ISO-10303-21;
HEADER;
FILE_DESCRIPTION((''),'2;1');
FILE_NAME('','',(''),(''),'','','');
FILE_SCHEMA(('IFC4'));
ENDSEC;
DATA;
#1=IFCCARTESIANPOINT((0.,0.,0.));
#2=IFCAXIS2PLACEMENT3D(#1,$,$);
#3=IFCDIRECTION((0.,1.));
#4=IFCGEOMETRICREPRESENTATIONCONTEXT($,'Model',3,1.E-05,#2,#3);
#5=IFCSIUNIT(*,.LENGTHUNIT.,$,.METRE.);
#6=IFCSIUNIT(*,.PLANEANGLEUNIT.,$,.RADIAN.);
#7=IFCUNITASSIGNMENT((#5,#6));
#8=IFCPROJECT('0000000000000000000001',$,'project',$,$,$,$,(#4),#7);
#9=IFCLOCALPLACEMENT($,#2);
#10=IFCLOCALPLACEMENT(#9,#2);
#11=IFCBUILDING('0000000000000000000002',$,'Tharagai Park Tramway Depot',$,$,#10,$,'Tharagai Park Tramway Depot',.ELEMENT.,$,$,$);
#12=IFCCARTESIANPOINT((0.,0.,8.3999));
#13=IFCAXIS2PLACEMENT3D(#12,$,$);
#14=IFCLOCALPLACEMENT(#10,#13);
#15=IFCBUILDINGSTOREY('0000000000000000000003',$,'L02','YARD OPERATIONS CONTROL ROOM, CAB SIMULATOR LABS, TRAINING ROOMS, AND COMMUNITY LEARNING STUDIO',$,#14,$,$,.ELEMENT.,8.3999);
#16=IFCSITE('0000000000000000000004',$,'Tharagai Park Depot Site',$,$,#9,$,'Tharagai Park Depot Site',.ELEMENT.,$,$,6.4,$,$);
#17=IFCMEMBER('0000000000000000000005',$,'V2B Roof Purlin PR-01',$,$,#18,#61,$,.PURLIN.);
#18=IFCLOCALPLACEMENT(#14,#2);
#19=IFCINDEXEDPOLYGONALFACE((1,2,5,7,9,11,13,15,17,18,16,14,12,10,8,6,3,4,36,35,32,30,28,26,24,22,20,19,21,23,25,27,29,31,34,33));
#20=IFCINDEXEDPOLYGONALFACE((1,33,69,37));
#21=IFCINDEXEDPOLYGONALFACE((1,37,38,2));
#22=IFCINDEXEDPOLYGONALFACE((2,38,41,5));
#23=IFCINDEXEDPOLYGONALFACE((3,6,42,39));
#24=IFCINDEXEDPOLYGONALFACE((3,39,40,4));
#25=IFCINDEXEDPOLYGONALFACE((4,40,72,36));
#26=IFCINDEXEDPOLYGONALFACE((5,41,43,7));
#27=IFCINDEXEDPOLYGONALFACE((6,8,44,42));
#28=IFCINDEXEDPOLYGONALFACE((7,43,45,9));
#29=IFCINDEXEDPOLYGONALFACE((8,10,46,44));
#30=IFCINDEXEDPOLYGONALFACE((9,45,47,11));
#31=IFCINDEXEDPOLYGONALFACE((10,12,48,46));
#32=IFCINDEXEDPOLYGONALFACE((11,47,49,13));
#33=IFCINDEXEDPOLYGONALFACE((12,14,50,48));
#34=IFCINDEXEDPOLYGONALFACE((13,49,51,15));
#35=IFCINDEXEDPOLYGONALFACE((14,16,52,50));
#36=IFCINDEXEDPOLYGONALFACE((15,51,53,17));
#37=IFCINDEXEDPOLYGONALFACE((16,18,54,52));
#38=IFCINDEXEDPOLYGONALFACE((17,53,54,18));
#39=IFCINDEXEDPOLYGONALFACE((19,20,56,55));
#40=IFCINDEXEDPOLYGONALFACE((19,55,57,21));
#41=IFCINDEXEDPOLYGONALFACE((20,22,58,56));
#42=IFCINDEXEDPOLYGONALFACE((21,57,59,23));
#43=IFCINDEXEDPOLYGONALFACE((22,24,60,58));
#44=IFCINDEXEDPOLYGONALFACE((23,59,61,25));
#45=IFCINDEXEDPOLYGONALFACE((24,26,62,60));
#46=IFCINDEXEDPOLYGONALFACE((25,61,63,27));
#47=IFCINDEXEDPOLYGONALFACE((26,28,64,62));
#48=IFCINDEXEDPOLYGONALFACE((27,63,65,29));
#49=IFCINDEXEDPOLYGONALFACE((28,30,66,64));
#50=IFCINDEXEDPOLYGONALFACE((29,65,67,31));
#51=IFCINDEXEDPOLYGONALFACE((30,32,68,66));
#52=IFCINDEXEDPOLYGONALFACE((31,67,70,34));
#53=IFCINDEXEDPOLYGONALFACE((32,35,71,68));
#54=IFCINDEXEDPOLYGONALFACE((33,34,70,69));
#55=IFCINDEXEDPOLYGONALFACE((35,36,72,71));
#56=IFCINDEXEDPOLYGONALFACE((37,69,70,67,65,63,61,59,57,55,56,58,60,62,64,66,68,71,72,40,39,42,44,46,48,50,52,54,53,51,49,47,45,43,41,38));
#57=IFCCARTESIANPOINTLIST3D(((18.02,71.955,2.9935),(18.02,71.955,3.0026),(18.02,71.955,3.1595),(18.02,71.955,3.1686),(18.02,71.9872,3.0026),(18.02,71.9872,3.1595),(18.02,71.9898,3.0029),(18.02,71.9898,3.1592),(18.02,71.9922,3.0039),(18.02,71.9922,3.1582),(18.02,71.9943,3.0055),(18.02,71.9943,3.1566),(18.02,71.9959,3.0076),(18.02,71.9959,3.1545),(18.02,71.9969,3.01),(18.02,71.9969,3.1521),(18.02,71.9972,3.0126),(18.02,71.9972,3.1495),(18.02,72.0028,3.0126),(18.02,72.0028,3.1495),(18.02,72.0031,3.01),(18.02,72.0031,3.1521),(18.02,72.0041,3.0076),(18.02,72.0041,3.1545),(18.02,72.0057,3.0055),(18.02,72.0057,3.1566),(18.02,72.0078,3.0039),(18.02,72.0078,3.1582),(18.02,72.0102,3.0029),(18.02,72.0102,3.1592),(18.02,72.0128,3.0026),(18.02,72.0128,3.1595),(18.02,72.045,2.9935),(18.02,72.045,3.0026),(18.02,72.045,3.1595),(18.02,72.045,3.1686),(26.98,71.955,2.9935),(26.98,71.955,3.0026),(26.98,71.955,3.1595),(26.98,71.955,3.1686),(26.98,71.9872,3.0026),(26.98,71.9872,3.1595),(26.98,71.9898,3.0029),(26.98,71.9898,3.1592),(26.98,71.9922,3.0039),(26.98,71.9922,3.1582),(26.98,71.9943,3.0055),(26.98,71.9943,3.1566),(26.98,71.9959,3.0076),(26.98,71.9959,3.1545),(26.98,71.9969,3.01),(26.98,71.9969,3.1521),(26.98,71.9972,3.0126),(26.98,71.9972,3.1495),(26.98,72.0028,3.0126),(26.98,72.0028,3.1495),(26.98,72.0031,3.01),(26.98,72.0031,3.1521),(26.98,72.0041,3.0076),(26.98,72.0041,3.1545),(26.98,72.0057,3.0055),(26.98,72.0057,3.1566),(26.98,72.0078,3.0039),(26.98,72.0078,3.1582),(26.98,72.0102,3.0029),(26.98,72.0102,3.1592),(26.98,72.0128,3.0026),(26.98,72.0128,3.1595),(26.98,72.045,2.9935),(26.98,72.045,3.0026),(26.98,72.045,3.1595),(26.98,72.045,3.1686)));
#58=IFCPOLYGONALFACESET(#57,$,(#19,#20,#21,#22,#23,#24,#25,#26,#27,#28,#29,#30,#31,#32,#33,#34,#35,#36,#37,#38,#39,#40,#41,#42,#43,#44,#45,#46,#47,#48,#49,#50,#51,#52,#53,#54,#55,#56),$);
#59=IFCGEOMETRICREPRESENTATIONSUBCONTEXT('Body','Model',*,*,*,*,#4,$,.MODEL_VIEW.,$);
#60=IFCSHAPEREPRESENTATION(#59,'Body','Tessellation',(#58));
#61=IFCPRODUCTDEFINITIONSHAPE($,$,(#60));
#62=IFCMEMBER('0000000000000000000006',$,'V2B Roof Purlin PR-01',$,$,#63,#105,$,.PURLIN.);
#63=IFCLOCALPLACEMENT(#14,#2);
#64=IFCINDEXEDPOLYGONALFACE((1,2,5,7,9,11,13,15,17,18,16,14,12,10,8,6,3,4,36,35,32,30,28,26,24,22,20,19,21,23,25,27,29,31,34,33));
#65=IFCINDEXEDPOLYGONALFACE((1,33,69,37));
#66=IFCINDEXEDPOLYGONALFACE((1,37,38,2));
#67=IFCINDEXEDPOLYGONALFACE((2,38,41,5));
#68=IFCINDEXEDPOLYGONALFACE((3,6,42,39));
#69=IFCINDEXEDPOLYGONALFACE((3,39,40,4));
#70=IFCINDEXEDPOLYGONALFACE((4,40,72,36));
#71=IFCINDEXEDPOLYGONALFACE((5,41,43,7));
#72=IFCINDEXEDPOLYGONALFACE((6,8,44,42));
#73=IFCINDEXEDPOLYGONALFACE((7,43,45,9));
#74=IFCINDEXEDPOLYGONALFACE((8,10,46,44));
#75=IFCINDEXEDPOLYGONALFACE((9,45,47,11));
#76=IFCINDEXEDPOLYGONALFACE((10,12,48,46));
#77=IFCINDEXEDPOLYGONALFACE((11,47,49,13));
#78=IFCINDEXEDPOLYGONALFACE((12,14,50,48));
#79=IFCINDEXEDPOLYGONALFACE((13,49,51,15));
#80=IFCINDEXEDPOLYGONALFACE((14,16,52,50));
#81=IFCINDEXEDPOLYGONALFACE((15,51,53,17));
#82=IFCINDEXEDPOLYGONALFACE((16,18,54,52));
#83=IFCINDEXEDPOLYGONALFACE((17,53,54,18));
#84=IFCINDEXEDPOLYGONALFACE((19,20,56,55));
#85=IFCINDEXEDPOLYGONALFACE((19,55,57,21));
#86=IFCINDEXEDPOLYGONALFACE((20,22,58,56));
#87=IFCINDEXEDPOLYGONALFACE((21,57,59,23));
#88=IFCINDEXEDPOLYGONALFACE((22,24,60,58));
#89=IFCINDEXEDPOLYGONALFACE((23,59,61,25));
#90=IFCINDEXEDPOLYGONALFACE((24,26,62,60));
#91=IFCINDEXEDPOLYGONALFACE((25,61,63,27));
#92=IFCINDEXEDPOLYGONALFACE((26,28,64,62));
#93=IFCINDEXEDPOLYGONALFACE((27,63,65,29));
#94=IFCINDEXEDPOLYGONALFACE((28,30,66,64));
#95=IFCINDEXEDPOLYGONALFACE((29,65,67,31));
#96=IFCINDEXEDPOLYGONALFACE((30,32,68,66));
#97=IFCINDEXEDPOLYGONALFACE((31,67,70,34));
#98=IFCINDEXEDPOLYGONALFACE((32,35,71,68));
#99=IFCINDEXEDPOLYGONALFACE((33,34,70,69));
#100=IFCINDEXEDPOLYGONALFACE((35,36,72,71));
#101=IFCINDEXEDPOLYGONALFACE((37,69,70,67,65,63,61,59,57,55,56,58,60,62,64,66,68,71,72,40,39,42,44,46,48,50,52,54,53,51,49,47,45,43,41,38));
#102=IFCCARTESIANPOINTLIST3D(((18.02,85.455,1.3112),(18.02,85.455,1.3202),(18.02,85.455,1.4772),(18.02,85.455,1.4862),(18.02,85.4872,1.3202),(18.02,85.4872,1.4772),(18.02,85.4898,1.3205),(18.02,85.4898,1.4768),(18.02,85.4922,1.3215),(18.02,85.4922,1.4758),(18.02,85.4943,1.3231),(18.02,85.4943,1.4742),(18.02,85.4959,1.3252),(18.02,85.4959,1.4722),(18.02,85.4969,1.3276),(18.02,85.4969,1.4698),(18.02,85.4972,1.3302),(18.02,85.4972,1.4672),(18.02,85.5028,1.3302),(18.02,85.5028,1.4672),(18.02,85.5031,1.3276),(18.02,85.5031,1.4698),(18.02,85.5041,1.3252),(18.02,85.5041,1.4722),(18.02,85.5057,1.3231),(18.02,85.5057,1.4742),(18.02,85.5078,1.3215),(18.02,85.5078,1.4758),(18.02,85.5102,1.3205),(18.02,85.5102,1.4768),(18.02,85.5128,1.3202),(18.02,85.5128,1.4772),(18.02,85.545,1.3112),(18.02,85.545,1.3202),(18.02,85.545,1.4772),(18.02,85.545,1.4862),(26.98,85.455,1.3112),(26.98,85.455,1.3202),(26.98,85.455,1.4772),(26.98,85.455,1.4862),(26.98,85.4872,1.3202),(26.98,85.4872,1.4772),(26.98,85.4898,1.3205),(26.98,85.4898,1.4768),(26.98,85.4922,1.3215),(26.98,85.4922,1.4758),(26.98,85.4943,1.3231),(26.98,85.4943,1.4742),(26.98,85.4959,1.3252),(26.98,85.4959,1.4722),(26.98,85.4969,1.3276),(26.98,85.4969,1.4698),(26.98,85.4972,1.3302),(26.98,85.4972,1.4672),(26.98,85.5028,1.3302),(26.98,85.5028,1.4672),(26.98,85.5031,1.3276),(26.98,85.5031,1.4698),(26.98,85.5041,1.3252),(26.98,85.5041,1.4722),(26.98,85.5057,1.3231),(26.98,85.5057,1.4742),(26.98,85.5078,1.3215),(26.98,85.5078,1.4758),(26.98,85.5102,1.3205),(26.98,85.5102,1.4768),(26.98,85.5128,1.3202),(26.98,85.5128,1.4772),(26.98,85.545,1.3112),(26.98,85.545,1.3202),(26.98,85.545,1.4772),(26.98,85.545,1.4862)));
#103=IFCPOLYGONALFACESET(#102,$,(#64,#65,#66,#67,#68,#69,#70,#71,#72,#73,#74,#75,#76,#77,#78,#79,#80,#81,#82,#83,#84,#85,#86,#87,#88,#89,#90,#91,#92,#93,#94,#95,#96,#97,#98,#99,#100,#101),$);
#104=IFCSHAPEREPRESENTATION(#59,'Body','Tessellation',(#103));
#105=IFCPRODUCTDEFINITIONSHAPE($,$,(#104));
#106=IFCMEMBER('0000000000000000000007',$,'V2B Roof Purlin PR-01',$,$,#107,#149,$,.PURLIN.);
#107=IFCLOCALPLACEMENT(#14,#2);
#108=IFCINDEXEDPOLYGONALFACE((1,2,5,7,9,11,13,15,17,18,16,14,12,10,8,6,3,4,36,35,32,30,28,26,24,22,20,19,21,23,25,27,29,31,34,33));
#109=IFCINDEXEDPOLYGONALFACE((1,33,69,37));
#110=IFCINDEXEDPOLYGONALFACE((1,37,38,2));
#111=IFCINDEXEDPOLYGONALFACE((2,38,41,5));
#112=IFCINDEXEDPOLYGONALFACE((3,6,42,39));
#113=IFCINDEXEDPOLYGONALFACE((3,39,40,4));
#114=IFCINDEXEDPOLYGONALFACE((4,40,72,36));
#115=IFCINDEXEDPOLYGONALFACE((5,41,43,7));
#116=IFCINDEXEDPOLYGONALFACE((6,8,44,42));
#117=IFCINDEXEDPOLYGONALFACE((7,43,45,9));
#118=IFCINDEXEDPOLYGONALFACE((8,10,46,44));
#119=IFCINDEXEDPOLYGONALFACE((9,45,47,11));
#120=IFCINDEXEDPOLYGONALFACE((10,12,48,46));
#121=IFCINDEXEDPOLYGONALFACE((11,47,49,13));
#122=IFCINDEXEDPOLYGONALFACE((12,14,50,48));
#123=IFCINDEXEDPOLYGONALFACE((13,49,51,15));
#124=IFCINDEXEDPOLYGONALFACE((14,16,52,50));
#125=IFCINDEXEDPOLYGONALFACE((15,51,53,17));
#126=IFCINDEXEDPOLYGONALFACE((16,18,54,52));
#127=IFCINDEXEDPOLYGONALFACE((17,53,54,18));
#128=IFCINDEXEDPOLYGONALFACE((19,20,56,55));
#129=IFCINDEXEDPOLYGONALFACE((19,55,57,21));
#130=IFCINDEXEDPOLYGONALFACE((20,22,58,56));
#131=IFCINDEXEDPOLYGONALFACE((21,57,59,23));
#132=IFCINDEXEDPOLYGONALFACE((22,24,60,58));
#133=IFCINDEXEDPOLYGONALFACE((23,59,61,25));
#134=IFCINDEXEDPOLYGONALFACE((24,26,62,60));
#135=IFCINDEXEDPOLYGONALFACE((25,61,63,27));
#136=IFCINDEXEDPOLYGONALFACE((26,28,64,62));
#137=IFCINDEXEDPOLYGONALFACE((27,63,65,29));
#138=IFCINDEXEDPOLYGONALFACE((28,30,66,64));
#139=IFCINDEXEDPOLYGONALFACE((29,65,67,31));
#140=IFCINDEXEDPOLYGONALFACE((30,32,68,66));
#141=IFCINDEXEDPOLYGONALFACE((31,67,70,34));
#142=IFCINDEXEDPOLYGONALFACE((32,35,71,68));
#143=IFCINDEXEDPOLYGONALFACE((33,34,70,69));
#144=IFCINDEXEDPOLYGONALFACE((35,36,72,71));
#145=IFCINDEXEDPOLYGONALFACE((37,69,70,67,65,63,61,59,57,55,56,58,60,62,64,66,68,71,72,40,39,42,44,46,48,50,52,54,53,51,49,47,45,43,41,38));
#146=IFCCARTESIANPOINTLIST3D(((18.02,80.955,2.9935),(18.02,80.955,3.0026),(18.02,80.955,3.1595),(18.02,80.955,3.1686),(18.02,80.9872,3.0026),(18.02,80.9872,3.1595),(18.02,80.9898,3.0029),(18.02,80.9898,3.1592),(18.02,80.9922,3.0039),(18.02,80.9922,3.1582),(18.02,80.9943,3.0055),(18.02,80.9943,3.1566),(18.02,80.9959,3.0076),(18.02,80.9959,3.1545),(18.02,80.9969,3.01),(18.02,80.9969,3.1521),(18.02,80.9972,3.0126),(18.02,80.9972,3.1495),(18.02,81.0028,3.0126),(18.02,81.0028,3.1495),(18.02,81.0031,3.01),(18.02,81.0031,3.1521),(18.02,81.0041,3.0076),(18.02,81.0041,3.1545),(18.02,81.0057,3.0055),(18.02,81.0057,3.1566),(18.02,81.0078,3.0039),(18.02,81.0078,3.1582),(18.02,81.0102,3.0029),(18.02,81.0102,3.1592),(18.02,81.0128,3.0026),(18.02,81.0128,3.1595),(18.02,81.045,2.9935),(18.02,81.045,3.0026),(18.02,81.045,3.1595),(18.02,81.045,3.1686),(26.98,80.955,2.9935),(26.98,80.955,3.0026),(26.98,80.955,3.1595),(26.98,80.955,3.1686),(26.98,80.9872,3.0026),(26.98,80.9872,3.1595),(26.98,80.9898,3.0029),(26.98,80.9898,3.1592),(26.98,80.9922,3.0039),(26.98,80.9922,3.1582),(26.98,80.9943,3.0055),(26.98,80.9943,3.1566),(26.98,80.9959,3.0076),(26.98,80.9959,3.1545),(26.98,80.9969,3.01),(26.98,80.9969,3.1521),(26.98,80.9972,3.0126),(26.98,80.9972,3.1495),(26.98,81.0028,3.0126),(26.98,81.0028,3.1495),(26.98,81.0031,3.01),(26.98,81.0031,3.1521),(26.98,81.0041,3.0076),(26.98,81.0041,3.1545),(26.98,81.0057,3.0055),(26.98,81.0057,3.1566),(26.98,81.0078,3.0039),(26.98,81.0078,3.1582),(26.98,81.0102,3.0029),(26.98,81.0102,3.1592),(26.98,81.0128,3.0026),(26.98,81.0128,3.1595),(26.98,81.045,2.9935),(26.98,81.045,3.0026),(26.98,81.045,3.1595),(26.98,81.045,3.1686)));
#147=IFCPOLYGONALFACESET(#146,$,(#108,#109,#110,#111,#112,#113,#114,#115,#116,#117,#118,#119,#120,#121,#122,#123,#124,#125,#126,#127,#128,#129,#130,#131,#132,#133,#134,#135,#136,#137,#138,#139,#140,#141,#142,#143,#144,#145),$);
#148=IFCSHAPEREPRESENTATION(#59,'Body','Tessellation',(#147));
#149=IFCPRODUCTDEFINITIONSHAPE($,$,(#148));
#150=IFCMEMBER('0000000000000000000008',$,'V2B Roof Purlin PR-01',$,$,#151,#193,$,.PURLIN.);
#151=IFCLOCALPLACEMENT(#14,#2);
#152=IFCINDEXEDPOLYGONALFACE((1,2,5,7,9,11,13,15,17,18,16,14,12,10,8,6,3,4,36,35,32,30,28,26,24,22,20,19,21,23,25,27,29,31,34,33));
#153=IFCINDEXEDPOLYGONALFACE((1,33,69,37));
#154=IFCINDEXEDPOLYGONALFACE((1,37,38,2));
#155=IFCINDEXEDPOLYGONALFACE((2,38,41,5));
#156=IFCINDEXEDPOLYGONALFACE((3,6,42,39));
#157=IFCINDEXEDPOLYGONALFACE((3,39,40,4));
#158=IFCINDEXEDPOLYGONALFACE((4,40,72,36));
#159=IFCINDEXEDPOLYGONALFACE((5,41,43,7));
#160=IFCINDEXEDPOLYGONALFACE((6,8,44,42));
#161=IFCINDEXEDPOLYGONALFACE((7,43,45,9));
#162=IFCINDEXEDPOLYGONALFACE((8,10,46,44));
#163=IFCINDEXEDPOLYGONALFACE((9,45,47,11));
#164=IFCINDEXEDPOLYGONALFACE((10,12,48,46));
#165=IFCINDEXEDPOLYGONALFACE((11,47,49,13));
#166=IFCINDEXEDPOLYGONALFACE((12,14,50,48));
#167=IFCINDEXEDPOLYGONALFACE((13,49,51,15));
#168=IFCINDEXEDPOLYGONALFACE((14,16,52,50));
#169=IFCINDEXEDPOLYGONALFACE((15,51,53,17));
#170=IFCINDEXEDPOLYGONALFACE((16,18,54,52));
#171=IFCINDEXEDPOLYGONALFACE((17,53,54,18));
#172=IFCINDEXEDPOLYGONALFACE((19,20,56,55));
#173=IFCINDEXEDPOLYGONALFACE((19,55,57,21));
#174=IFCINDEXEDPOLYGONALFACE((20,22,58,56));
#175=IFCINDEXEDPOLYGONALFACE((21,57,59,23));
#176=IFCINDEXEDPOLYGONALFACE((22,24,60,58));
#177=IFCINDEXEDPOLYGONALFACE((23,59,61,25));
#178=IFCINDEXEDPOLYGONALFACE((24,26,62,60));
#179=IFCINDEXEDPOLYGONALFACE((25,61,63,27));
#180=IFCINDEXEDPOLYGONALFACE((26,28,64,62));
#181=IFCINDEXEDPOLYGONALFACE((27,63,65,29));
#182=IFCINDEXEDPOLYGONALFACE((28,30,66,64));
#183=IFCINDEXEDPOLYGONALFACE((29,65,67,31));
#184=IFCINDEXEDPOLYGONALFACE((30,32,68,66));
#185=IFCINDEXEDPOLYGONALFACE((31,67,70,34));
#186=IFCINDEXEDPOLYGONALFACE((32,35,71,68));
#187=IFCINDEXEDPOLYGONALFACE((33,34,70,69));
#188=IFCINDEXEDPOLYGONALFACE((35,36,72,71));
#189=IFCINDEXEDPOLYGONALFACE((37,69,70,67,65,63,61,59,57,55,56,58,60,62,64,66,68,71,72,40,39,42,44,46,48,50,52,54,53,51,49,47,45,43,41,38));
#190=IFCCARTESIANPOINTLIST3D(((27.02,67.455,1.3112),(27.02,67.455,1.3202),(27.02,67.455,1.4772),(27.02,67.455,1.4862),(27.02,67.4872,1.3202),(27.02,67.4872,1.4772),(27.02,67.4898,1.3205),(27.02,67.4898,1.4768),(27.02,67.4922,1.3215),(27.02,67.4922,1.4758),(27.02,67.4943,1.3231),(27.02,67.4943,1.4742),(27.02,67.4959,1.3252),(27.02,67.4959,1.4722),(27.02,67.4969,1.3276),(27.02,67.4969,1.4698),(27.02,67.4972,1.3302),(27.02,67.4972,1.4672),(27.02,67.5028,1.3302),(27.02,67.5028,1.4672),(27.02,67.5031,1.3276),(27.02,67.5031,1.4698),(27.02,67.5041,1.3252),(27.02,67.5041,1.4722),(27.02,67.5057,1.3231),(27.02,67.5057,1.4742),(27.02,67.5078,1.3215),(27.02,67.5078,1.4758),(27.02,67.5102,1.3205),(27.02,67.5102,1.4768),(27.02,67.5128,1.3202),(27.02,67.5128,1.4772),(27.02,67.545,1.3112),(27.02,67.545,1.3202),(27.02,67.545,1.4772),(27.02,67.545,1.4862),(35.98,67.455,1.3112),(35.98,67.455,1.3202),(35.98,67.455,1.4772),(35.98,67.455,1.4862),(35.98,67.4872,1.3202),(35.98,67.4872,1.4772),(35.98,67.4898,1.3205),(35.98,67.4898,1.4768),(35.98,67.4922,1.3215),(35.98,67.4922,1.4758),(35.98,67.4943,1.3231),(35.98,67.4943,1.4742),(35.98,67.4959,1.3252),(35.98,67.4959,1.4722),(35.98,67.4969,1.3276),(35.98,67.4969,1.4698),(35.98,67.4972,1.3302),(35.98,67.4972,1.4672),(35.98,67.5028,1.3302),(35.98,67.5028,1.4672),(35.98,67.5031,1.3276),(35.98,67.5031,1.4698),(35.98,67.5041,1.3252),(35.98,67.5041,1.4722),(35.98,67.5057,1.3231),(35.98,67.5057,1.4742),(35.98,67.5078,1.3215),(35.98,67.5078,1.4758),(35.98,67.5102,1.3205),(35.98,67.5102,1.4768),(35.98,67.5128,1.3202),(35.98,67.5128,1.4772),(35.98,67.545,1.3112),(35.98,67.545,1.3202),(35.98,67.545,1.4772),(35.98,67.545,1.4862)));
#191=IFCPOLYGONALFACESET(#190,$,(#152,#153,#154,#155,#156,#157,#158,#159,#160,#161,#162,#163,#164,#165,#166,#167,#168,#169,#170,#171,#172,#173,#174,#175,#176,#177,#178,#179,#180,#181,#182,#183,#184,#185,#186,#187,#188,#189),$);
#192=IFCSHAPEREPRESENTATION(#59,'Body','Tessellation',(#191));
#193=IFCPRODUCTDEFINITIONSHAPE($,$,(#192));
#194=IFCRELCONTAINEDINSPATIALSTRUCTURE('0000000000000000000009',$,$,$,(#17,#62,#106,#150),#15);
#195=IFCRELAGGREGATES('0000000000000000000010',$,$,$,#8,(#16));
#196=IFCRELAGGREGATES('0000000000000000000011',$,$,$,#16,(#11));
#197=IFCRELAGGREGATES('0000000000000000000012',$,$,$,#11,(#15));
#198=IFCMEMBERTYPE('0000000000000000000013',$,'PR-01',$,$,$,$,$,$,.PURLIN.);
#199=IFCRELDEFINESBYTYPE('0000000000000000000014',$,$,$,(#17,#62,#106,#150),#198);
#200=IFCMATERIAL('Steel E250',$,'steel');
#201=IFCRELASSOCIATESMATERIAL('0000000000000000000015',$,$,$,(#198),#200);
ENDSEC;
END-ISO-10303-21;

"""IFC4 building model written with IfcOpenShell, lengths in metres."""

from ifc_helpers import new_model, si_unit, direction, frame, origin, origin_2d, place, context, subcontext, project, spatial, i_section, extrude, material, material_profile, profile_set, type_object, element, save


model = new_model("IFC4")

# Units and contexts
model_context = context("Model", 3, precision=1e-05, world=origin(), true_north=direction((0.0, 1.0)))
body_context = subcontext(model_context, "Body", "Model", "MODEL_VIEW")
ifc_project = project(units=[si_unit("LENGTHUNIT", "METRE"), si_unit("PLANEANGLEUNIT", "RADIAN")], contexts=[model_context])

# Site, building, storey
site_placement = place(None, origin())
site = spatial("IfcSite", under=ifc_project, at=site_placement, Name="Tharagai Park Depot Site", LongName="Tharagai Park Depot Site", CompositionType="ELEMENT", RefElevation=6.4)
building_placement = place(site_placement, origin())
building = spatial("IfcBuilding", under=site, at=building_placement, Name="Tharagai Park Tramway Depot", LongName="Tharagai Park Tramway Depot", CompositionType="ELEMENT")
storey_placement = place(building_placement, frame((0.0, 0.0, 8.3999)))
storey = spatial("IfcBuildingStorey", under=building, at=storey_placement, Name="L02", Description="YARD OPERATIONS CONTROL ROOM, CAB SIMULATOR LABS, TRAINING ROOMS, AND COMMUNITY LEARNING STUDIO", CompositionType="ELEMENT", Elevation=8.3999)

# Members
ifc_material_1 = material(Name="Steel E250", Category="steel")
ifc_material_profile_1 = material_profile(ifc_material_1, i_section(OverallWidth=0.0901, OverallDepth=0.175, WebThickness=0.0056, FlangeThickness=0.009, FilletRadius=0.01, at=origin_2d()), Name="ISMB 175")
ifc_profile_set_1 = profile_set([ifc_material_profile_1], Name="Steel E250")
member_type_1 = type_object("IfcMemberType", Name="PR-01", PredefinedType="PURLIN", material=ifc_profile_set_1)
for number, where, z_axis, x_axis, name in (
    (1, (18.02, 72.0, 3.0811), (1.0, 0.0, 0.0), (0.0, 1.0, 0.0), "V2B Roof Purlin PR-01"),
    (2, (18.02, 85.5, 1.3987), (1.0, 0.0, 0.0), (0.0, 1.0, 0.0), "V2B Roof Purlin PR-01"),
    (3, (18.02, 81.0, 3.0811), (1.0, 0.0, 0.0), (0.0, 1.0, 0.0), "V2B Roof Purlin PR-01"),
    (4, (27.02, 67.5, 1.3987), (1.0, 0.0, 0.0), (0.0, 1.0, 0.0), "V2B Roof Purlin PR-01"),
):
    element("IfcMember", number, at=place(storey_placement, frame(where, z_axis=z_axis, x_axis=x_axis)), inside=storey, type_object=member_type_1, Name=name, PredefinedType="PURLIN", context=body_context, shape_type="SweptSolid", body=[
        extrude(i_section(OverallWidth=0.0901, OverallDepth=0.175, WebThickness=0.0056, FlangeThickness=0.009, FilletRadius=0.01, at=origin_2d()), origin(), (0.0, 0.0, 1.0), 8.96),
    ])

save(model, "model.ifc")
